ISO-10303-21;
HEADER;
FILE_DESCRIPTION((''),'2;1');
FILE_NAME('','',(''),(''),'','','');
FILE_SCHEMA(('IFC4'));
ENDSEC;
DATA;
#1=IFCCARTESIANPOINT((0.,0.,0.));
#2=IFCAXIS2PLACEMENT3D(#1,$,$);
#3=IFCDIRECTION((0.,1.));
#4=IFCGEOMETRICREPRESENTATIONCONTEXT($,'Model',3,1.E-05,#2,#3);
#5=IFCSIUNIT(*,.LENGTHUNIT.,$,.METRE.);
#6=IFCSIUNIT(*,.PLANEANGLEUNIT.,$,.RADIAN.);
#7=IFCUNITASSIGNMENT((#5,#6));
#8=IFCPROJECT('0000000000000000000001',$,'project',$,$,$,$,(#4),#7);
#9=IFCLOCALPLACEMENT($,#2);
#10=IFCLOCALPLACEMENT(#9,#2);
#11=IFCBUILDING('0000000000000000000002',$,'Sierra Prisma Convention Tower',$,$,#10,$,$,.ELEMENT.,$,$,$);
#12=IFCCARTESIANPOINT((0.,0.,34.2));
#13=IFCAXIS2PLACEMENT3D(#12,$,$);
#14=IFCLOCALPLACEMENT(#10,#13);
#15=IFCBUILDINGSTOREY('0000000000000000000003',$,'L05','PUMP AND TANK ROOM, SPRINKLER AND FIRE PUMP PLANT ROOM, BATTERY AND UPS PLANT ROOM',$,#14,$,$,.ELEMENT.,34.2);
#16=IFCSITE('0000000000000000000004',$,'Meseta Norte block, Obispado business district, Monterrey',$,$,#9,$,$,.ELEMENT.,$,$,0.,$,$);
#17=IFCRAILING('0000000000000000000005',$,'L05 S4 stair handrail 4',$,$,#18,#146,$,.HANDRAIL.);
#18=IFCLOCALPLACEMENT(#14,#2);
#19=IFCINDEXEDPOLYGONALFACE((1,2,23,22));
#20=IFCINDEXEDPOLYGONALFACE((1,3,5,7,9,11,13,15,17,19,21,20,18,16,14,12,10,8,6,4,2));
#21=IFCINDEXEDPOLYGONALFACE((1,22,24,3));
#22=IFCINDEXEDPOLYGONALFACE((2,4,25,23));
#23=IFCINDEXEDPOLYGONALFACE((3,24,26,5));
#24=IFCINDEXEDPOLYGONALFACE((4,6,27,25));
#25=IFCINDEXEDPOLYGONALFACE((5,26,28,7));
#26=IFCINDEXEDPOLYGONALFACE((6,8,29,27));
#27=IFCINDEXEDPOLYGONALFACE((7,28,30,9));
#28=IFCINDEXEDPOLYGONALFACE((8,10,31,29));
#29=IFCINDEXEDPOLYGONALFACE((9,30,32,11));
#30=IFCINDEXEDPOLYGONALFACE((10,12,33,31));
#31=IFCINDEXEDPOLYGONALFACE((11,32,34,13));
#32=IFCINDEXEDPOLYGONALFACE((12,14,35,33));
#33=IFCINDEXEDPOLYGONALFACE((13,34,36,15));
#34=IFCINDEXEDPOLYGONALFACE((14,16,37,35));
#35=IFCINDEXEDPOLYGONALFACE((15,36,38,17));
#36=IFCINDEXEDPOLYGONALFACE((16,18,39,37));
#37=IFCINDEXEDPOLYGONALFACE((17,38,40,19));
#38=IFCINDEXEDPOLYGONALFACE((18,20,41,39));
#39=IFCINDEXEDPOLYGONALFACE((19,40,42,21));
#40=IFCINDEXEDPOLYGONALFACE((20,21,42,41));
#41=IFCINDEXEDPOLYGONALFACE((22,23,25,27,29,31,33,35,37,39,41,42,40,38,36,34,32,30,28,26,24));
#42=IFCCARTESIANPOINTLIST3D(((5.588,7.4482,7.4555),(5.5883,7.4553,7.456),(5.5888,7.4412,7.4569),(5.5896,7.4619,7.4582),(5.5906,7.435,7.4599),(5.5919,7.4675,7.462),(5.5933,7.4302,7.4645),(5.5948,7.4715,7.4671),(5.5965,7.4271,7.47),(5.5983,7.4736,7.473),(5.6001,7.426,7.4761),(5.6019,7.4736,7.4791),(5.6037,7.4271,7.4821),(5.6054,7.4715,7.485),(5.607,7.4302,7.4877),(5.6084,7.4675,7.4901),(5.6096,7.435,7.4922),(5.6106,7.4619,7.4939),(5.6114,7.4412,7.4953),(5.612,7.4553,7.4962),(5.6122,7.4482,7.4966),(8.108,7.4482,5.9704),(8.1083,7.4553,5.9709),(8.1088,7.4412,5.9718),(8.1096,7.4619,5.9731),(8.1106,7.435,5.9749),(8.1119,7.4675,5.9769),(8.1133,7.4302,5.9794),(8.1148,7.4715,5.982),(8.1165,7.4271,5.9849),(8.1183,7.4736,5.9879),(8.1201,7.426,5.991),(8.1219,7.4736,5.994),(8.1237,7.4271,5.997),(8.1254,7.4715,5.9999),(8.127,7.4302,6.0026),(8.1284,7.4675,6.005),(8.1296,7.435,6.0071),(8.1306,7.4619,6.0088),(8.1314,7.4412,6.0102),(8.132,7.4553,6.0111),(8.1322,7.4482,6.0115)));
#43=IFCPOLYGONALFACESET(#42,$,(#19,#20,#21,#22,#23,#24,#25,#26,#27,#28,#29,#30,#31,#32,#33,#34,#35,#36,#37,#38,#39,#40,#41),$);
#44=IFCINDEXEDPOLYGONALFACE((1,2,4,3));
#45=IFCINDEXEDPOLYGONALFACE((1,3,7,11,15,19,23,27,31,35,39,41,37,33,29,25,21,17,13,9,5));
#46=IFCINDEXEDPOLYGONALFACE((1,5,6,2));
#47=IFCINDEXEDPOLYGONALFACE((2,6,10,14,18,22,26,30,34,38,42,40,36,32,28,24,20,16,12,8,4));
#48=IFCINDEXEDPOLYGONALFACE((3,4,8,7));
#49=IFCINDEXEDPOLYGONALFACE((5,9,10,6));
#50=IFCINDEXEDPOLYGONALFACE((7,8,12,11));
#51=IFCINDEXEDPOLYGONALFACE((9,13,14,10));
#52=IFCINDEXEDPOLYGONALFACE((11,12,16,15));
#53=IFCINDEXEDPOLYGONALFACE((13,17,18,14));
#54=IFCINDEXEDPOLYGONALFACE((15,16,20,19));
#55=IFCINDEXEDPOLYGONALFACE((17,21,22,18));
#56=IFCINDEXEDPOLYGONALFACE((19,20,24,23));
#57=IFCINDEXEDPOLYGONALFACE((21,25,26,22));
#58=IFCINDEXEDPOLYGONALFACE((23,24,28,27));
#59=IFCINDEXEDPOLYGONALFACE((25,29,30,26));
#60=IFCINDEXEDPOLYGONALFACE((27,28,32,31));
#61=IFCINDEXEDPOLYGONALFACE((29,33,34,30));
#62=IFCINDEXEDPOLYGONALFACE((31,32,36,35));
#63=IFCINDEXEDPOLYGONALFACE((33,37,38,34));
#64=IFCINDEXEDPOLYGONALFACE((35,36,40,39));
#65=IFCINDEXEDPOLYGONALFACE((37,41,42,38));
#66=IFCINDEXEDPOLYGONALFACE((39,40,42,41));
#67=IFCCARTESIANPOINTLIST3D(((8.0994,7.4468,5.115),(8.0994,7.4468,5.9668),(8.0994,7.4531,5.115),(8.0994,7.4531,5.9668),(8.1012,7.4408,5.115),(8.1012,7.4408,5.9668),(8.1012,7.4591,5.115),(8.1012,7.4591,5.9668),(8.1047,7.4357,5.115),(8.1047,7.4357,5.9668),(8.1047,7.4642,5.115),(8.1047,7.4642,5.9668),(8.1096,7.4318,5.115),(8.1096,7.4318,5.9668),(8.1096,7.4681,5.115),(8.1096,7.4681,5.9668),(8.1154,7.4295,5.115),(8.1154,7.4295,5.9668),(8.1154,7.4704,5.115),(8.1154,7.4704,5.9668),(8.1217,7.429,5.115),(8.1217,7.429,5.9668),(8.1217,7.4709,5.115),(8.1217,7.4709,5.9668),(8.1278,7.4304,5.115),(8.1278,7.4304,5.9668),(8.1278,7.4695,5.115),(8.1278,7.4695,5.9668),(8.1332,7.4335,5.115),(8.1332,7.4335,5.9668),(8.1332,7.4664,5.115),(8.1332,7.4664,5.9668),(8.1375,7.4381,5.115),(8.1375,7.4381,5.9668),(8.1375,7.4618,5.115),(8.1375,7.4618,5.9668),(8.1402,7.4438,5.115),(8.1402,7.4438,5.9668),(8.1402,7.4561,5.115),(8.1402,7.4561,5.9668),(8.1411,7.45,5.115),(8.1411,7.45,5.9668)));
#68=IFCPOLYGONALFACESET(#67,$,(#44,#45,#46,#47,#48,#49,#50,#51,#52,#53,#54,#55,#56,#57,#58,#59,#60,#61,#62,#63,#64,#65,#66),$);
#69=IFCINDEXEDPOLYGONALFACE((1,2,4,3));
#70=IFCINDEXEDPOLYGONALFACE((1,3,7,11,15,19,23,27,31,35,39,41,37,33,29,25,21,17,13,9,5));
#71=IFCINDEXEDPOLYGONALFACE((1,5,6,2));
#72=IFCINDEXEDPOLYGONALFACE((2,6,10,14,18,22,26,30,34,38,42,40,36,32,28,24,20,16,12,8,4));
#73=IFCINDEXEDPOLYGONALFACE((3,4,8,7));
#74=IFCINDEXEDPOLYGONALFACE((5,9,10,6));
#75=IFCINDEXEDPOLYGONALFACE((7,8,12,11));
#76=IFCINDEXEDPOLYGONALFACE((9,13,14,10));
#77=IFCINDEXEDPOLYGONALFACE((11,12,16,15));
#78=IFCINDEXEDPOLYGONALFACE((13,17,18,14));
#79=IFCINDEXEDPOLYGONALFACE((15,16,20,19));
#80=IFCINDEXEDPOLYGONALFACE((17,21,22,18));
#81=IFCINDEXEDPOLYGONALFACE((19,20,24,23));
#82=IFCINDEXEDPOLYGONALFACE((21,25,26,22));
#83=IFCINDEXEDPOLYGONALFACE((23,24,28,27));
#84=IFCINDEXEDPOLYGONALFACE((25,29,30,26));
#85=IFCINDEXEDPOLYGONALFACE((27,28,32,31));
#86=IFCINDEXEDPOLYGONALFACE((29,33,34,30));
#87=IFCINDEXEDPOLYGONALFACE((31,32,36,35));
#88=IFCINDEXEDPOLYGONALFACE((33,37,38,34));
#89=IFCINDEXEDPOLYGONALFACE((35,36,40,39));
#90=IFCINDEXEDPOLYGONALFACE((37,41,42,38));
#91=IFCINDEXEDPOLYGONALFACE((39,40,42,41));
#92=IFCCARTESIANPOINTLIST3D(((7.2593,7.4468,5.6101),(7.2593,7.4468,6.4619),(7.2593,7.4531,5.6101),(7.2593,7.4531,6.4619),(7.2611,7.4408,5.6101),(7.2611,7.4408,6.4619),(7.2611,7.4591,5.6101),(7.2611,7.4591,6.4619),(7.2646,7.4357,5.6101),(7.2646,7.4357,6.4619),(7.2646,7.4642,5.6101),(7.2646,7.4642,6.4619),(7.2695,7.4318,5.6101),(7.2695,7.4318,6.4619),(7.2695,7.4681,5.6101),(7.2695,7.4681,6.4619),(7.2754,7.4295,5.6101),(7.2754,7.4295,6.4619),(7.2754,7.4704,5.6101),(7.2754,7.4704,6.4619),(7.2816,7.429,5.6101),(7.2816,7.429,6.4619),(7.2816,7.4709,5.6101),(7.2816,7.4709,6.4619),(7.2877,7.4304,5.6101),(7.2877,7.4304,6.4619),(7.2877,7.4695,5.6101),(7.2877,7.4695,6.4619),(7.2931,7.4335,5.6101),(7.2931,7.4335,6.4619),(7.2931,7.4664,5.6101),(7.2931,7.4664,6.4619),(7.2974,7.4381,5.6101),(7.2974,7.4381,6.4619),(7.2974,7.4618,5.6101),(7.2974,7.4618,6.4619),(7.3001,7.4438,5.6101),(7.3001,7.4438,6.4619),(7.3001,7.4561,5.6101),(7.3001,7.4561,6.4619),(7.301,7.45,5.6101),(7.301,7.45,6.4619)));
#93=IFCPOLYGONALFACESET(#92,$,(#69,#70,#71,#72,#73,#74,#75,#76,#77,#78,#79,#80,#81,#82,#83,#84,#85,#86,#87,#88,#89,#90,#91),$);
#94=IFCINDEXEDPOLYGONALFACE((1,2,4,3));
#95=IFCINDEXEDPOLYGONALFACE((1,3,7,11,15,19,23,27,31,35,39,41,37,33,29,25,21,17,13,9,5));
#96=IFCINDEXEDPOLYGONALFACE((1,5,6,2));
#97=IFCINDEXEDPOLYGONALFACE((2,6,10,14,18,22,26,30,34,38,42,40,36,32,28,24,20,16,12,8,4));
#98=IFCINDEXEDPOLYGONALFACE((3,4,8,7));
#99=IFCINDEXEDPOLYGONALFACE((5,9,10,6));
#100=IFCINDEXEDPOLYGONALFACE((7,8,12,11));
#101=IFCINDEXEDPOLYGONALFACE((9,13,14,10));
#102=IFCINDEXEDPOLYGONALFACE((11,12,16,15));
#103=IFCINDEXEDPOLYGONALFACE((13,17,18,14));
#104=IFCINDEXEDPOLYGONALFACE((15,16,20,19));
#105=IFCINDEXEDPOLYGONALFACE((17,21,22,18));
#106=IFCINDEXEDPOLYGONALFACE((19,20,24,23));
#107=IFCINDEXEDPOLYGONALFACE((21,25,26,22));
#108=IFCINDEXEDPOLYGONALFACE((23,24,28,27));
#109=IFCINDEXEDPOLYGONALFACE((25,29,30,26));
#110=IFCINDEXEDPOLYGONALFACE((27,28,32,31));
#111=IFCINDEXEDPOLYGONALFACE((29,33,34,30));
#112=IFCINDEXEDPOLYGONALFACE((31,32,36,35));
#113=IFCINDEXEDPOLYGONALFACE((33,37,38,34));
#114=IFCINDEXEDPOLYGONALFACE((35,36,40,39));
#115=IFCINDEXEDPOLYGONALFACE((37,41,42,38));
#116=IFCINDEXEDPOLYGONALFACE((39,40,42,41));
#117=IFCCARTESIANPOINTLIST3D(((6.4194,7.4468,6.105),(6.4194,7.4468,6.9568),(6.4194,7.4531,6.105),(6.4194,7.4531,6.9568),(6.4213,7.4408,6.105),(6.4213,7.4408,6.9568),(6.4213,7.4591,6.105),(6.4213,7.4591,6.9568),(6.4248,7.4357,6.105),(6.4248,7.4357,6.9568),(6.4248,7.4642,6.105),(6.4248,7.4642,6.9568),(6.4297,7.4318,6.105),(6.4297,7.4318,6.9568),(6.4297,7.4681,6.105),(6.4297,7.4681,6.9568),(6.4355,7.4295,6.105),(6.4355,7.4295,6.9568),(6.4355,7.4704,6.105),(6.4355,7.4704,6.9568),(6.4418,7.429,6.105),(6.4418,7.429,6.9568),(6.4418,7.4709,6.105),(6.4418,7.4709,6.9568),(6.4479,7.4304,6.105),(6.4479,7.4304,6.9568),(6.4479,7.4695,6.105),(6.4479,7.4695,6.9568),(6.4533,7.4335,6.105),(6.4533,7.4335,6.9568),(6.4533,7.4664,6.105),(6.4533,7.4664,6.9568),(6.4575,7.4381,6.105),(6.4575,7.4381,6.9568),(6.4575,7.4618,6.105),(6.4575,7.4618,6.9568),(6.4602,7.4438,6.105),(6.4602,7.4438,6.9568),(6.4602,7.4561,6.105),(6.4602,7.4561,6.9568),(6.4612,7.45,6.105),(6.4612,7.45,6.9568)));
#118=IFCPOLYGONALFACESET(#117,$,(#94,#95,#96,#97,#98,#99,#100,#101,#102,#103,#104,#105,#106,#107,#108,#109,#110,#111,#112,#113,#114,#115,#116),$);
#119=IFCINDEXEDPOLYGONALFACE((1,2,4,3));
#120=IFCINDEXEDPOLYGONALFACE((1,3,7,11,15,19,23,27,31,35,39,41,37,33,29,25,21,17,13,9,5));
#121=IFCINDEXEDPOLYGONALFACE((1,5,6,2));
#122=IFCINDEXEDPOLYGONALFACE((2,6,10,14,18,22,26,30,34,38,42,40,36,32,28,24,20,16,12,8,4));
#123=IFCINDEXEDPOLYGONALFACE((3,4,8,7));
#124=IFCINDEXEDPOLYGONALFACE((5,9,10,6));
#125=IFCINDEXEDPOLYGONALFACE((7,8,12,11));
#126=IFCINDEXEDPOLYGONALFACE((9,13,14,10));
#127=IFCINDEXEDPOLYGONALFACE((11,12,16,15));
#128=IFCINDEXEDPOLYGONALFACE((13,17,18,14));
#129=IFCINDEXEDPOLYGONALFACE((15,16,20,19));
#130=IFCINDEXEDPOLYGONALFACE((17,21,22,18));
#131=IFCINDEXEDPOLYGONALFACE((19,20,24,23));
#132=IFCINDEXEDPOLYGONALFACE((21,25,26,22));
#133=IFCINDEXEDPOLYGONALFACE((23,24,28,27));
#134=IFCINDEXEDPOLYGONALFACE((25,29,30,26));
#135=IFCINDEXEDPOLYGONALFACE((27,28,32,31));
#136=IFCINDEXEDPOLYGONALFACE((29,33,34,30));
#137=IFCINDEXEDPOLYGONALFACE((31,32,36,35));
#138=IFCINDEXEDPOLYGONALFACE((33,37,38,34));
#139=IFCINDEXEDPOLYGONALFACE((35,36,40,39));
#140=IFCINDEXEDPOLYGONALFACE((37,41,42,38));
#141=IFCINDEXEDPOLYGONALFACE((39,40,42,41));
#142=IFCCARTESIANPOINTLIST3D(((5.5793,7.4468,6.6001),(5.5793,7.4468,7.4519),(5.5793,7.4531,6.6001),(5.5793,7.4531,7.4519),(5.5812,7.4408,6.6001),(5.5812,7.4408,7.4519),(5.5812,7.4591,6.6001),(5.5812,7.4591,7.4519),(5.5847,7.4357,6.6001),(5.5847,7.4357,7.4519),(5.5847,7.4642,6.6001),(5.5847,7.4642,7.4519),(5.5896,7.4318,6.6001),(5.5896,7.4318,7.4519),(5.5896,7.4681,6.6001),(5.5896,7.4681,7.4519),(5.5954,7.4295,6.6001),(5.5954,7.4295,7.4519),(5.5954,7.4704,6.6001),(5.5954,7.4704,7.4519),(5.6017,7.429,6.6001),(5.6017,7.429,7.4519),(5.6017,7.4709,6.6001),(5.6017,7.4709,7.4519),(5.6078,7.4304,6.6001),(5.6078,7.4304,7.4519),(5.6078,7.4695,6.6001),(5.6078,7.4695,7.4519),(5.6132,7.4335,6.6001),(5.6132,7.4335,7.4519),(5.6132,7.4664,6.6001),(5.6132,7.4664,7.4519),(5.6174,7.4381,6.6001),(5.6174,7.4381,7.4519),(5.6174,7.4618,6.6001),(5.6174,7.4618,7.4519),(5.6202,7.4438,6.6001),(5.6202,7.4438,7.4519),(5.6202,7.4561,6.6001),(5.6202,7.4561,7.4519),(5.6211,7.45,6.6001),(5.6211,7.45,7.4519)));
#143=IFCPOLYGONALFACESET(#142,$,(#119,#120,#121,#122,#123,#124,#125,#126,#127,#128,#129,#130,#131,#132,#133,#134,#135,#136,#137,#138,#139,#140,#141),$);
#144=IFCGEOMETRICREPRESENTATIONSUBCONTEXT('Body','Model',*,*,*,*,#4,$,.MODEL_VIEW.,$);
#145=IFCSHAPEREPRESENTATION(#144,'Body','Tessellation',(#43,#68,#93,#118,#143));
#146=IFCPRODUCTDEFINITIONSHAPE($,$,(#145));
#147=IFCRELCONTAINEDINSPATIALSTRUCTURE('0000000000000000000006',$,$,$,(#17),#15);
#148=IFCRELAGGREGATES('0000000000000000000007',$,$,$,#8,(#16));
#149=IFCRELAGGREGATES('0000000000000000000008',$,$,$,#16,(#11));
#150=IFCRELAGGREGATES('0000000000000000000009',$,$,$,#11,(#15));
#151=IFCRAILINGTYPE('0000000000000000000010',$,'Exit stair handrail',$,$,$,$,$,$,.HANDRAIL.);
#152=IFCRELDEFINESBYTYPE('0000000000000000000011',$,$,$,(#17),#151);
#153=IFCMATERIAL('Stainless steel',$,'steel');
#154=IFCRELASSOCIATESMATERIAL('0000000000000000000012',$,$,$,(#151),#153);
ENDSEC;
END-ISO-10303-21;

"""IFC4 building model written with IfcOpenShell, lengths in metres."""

from ifc_helpers import new_model, si_unit, direction, frame, origin, origin_2d, place, context, subcontext, project, spatial, circle, extrude, material, type_object, element, save


model = new_model("IFC4")

# Units and contexts
model_context = context("Model", 3, precision=1e-05, world=origin(), true_north=direction((0.0, 1.0)))
body_context = subcontext(model_context, "Body", "Model", "MODEL_VIEW")
ifc_project = project(units=[si_unit("LENGTHUNIT", "METRE"), si_unit("PLANEANGLEUNIT", "RADIAN")], contexts=[model_context])

# Site, building, storey
site_placement = place(None, origin())
site = spatial("IfcSite", under=ifc_project, at=site_placement, Name="Meseta Norte block, Obispado business district, Monterrey", CompositionType="ELEMENT", RefElevation=0.0)
building_placement = place(site_placement, origin())
building = spatial("IfcBuilding", under=site, at=building_placement, Name="Sierra Prisma Convention Tower", CompositionType="ELEMENT")
storey_placement = place(building_placement, frame((0.0, 0.0, 34.2)))
storey = spatial("IfcBuildingStorey", under=building, at=storey_placement, Name="L05", Description="PUMP AND TANK ROOM, SPRINKLER AND FIRE PUMP PLANT ROOM, BATTERY AND UPS PLANT ROOM", CompositionType="ELEMENT", Elevation=34.2)

# Railing
ifc_material_1 = material(Name="Stainless steel", Category="steel")
railing_type_1 = type_object("IfcRailingType", Name="Exit stair handrail", PredefinedType="HANDRAIL", material=ifc_material_1)
for number, where, name in (
    (1, (8.1201, 7.45, 5.115), "L05 S4 stair handrail 4"),
):
    element("IfcRailing", number, at=place(storey_placement, frame(where)), inside=storey, type_object=railing_type_1, Name=name, PredefinedType="HANDRAIL", context=body_context, shape_type="SweptSolid", body=[
        extrude(circle(Radius=0.0239, at=origin_2d()), frame((0.0, 0.0, 0.876), z_axis=(-0.861524, 0.0, 0.507717), x_axis=(0.0, -1.0, 0.0)), (0.0, 0.0, 1.0), 2.925),
        extrude(circle(Radius=0.021, at=origin_2d()), origin(), (0.0, 0.0, 1.0), 0.8518),
        extrude(circle(Radius=0.021, at=origin_2d()), frame((-0.8401, 0.0, 0.4951)), (0.0, 0.0, 1.0), 0.8518),
        extrude(circle(Radius=0.021, at=origin_2d()), frame((-1.6799, 0.0, 0.99)), (0.0, 0.0, 1.0), 0.8518),
        extrude(circle(Radius=0.021, at=origin_2d()), frame((-2.52, 0.0, 1.4851)), (0.0, 0.0, 1.0), 0.8518),
    ])

save(model, "model.ifc")
